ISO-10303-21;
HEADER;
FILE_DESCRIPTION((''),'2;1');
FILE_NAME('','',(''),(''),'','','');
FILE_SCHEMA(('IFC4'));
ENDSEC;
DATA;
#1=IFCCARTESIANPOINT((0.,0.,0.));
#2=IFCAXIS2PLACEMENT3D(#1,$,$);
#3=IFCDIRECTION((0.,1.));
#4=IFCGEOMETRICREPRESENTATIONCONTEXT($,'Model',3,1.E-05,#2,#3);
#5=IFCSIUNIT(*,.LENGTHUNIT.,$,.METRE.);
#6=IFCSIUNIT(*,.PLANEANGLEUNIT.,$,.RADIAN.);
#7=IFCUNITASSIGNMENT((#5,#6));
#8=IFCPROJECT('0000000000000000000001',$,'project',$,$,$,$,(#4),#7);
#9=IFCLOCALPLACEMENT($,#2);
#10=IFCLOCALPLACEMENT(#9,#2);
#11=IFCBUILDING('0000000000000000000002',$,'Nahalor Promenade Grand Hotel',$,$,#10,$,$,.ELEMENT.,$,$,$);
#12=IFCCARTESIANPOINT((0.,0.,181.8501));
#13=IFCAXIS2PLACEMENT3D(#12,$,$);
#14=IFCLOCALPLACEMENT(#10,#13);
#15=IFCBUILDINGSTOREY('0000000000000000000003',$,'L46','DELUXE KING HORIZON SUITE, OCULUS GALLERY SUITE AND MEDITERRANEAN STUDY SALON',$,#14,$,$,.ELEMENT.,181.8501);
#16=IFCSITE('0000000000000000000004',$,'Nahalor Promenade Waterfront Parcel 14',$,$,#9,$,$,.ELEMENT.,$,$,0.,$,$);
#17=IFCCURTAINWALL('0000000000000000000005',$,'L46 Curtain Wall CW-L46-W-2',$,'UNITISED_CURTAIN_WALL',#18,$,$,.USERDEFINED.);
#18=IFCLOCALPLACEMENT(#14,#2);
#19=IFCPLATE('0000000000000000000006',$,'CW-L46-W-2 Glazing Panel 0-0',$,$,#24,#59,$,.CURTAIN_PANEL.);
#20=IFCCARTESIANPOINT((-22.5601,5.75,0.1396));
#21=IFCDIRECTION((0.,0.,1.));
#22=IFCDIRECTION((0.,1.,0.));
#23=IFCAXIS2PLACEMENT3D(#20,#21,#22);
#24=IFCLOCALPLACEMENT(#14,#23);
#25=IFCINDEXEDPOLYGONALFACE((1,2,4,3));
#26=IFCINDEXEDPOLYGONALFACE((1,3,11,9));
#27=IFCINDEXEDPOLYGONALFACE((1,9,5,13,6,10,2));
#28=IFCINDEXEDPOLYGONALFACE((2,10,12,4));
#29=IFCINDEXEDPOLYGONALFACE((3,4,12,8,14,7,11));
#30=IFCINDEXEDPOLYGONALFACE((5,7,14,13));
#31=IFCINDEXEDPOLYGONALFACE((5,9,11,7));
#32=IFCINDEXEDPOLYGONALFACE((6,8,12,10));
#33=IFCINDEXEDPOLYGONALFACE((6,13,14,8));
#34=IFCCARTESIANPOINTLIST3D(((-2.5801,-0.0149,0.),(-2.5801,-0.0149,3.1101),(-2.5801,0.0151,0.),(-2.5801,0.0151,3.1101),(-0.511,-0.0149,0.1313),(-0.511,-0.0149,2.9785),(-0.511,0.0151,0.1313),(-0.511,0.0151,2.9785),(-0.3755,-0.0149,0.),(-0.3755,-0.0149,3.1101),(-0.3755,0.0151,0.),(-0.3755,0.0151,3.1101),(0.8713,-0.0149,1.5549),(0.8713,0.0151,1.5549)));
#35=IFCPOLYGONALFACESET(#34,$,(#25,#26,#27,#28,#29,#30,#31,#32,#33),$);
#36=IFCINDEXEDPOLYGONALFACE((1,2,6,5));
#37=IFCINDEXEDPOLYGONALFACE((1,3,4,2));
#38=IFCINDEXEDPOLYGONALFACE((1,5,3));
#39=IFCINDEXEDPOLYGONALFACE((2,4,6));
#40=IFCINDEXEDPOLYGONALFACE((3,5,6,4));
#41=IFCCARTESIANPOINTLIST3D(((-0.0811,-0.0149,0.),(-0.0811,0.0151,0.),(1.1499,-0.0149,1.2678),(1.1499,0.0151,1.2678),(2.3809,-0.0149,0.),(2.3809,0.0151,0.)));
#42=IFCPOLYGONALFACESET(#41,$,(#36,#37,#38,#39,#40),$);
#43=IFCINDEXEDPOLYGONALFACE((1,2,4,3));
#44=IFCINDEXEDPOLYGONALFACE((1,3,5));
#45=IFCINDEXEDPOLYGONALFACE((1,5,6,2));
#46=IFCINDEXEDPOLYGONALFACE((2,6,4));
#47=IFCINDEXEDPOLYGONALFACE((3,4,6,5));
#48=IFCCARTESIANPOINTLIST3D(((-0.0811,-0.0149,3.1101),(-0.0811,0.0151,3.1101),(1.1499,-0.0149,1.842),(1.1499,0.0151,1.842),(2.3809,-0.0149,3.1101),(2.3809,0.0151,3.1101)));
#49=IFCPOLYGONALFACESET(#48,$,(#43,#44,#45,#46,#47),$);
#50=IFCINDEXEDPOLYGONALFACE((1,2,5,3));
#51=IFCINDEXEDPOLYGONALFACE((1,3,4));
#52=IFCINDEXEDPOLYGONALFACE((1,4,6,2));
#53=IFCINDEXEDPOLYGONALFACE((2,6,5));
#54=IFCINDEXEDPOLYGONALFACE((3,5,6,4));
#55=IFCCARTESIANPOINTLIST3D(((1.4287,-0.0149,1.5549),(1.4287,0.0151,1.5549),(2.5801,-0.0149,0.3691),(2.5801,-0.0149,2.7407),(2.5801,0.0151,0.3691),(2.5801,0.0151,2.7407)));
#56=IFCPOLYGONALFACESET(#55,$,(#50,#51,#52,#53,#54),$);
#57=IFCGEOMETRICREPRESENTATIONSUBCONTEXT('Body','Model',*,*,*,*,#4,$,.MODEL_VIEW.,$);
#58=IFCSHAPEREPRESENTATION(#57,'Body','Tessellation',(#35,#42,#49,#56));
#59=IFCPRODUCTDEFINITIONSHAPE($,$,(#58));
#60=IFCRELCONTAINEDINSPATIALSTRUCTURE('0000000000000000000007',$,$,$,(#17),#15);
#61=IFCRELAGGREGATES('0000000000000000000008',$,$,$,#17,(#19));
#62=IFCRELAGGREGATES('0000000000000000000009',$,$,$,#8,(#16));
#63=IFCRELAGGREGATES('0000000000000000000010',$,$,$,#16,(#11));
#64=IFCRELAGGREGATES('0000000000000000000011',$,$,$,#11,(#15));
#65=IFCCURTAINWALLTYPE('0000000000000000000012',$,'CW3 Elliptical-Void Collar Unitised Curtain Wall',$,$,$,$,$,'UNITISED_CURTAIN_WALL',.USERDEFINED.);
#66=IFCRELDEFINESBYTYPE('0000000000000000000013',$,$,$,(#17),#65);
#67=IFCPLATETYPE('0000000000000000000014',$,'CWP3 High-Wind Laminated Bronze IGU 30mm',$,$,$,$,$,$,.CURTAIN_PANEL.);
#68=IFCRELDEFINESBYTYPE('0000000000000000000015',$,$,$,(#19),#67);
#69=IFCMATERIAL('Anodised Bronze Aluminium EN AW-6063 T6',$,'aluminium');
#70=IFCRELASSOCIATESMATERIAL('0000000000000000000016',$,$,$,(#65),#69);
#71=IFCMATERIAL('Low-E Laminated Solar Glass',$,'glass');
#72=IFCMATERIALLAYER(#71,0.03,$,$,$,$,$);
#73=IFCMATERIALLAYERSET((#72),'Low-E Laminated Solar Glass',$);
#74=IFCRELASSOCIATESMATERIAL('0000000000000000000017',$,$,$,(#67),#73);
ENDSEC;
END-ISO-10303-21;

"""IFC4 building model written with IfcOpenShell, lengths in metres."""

from ifc_helpers import new_model, si_unit, direction, frame, origin, place, context, subcontext, project, spatial, polyline, outline, extrude, material, layer, layer_set, type_object, element, aggregate, save


model = new_model("IFC4")

# Units and contexts
model_context = context("Model", 3, precision=1e-05, world=origin(), true_north=direction((0.0, 1.0)))
body_context = subcontext(model_context, "Body", "Model", "MODEL_VIEW")
ifc_project = project(units=[si_unit("LENGTHUNIT", "METRE"), si_unit("PLANEANGLEUNIT", "RADIAN")], contexts=[model_context])

# Site, building, storey
site_placement = place(None, origin())
site = spatial("IfcSite", under=ifc_project, at=site_placement, Name="Nahalor Promenade Waterfront Parcel 14", CompositionType="ELEMENT", RefElevation=0.0)
building_placement = place(site_placement, origin())
building = spatial("IfcBuilding", under=site, at=building_placement, Name="Nahalor Promenade Grand Hotel", CompositionType="ELEMENT")
storey_placement = place(building_placement, frame((0.0, 0.0, 181.8501)))
storey = spatial("IfcBuildingStorey", under=building, at=storey_placement, Name="L46", Description="DELUXE KING HORIZON SUITE, OCULUS GALLERY SUITE AND MEDITERRANEAN STUDY SALON", CompositionType="ELEMENT", Elevation=181.8501)

# Curtain wall
ifc_material_1 = material(Name="Anodised Bronze Aluminium EN AW-6063 T6", Category="aluminium")
curtain_wall_type = type_object("IfcCurtainWallType", Name="CW3 Elliptical-Void Collar Unitised Curtain Wall", ElementType="UNITISED_CURTAIN_WALL", PredefinedType="USERDEFINED", material=ifc_material_1)
curtain_wall_1_placement = place(storey_placement, origin())
curtain_wall_1 = element("IfcCurtainWall", 1, at=curtain_wall_1_placement, inside=storey, type_object=curtain_wall_type, Name="L46 Curtain Wall CW-L46-W-2", ObjectType="UNITISED_CURTAIN_WALL", PredefinedType="USERDEFINED")

# Plate
ifc_material_2 = material(Name="Low-E Laminated Solar Glass", Category="glass")
ifc_layer_1 = layer(ifc_material_2, 0.03)
ifc_layer_set_1 = layer_set([ifc_layer_1], Name="Low-E Laminated Solar Glass")
plate_type_1 = type_object("IfcPlateType", Name="CWP3 High-Wind Laminated Bronze IGU 30mm", PredefinedType="CURTAIN_PANEL", material=ifc_layer_set_1)
plate_1_placement = place(storey_placement, frame((-22.5601, 5.75, 0.1396), z_axis=(0.0, 0.0, 1.0), x_axis=(0.0, 1.0, 0.0)))
plate_1 = element("IfcPlate", 2, at=plate_1_placement, type_object=plate_type_1, Name="CW-L46-W-2 Glazing Panel 0-0", PredefinedType="CURTAIN_PANEL", context=body_context, shape_type="SweptSolid", body=[
    extrude(outline(polyline([(-2.5801, 3.1101), (-2.5801, 0.0), (-0.3755, 0.0), (-0.511, 0.1313), (0.8713, 1.5549), (-0.511, 2.9785), (-0.3755, 3.1101), (-2.5801, 3.1101)])), frame((0.0, 0.0151, 0.0), z_axis=(0.0, -1.0, 0.0), x_axis=(1.0, 0.0, 0.0)), (0.0, 0.0, 1.0), 0.03),
    extrude(outline(polyline([(1.1499, 1.2678), (-0.0811, 0.0), (2.3809, 0.0), (1.1499, 1.2678)])), frame((0.0, 0.0151, 0.0), z_axis=(0.0, -1.0, 0.0), x_axis=(1.0, 0.0, 0.0)), (0.0, 0.0, 1.0), 0.03),
    extrude(outline(polyline([(1.1499, 1.842), (2.3809, 3.1101), (-0.0811, 3.1101), (1.1499, 1.842)])), frame((0.0, 0.0151, 0.0), z_axis=(0.0, -1.0, 0.0), x_axis=(1.0, 0.0, 0.0)), (0.0, 0.0, 1.0), 0.03),
    extrude(outline(polyline([(1.4287, 1.5549), (2.5801, 0.3691), (2.5801, 2.7407), (1.4287, 1.5549)])), frame((0.0, 0.0151, 0.0), z_axis=(0.0, -1.0, 0.0), x_axis=(1.0, 0.0, 0.0)), (0.0, 0.0, 1.0), 0.03),
])
aggregate(curtain_wall_1, [plate_1])

save(model, "model.ifc")
